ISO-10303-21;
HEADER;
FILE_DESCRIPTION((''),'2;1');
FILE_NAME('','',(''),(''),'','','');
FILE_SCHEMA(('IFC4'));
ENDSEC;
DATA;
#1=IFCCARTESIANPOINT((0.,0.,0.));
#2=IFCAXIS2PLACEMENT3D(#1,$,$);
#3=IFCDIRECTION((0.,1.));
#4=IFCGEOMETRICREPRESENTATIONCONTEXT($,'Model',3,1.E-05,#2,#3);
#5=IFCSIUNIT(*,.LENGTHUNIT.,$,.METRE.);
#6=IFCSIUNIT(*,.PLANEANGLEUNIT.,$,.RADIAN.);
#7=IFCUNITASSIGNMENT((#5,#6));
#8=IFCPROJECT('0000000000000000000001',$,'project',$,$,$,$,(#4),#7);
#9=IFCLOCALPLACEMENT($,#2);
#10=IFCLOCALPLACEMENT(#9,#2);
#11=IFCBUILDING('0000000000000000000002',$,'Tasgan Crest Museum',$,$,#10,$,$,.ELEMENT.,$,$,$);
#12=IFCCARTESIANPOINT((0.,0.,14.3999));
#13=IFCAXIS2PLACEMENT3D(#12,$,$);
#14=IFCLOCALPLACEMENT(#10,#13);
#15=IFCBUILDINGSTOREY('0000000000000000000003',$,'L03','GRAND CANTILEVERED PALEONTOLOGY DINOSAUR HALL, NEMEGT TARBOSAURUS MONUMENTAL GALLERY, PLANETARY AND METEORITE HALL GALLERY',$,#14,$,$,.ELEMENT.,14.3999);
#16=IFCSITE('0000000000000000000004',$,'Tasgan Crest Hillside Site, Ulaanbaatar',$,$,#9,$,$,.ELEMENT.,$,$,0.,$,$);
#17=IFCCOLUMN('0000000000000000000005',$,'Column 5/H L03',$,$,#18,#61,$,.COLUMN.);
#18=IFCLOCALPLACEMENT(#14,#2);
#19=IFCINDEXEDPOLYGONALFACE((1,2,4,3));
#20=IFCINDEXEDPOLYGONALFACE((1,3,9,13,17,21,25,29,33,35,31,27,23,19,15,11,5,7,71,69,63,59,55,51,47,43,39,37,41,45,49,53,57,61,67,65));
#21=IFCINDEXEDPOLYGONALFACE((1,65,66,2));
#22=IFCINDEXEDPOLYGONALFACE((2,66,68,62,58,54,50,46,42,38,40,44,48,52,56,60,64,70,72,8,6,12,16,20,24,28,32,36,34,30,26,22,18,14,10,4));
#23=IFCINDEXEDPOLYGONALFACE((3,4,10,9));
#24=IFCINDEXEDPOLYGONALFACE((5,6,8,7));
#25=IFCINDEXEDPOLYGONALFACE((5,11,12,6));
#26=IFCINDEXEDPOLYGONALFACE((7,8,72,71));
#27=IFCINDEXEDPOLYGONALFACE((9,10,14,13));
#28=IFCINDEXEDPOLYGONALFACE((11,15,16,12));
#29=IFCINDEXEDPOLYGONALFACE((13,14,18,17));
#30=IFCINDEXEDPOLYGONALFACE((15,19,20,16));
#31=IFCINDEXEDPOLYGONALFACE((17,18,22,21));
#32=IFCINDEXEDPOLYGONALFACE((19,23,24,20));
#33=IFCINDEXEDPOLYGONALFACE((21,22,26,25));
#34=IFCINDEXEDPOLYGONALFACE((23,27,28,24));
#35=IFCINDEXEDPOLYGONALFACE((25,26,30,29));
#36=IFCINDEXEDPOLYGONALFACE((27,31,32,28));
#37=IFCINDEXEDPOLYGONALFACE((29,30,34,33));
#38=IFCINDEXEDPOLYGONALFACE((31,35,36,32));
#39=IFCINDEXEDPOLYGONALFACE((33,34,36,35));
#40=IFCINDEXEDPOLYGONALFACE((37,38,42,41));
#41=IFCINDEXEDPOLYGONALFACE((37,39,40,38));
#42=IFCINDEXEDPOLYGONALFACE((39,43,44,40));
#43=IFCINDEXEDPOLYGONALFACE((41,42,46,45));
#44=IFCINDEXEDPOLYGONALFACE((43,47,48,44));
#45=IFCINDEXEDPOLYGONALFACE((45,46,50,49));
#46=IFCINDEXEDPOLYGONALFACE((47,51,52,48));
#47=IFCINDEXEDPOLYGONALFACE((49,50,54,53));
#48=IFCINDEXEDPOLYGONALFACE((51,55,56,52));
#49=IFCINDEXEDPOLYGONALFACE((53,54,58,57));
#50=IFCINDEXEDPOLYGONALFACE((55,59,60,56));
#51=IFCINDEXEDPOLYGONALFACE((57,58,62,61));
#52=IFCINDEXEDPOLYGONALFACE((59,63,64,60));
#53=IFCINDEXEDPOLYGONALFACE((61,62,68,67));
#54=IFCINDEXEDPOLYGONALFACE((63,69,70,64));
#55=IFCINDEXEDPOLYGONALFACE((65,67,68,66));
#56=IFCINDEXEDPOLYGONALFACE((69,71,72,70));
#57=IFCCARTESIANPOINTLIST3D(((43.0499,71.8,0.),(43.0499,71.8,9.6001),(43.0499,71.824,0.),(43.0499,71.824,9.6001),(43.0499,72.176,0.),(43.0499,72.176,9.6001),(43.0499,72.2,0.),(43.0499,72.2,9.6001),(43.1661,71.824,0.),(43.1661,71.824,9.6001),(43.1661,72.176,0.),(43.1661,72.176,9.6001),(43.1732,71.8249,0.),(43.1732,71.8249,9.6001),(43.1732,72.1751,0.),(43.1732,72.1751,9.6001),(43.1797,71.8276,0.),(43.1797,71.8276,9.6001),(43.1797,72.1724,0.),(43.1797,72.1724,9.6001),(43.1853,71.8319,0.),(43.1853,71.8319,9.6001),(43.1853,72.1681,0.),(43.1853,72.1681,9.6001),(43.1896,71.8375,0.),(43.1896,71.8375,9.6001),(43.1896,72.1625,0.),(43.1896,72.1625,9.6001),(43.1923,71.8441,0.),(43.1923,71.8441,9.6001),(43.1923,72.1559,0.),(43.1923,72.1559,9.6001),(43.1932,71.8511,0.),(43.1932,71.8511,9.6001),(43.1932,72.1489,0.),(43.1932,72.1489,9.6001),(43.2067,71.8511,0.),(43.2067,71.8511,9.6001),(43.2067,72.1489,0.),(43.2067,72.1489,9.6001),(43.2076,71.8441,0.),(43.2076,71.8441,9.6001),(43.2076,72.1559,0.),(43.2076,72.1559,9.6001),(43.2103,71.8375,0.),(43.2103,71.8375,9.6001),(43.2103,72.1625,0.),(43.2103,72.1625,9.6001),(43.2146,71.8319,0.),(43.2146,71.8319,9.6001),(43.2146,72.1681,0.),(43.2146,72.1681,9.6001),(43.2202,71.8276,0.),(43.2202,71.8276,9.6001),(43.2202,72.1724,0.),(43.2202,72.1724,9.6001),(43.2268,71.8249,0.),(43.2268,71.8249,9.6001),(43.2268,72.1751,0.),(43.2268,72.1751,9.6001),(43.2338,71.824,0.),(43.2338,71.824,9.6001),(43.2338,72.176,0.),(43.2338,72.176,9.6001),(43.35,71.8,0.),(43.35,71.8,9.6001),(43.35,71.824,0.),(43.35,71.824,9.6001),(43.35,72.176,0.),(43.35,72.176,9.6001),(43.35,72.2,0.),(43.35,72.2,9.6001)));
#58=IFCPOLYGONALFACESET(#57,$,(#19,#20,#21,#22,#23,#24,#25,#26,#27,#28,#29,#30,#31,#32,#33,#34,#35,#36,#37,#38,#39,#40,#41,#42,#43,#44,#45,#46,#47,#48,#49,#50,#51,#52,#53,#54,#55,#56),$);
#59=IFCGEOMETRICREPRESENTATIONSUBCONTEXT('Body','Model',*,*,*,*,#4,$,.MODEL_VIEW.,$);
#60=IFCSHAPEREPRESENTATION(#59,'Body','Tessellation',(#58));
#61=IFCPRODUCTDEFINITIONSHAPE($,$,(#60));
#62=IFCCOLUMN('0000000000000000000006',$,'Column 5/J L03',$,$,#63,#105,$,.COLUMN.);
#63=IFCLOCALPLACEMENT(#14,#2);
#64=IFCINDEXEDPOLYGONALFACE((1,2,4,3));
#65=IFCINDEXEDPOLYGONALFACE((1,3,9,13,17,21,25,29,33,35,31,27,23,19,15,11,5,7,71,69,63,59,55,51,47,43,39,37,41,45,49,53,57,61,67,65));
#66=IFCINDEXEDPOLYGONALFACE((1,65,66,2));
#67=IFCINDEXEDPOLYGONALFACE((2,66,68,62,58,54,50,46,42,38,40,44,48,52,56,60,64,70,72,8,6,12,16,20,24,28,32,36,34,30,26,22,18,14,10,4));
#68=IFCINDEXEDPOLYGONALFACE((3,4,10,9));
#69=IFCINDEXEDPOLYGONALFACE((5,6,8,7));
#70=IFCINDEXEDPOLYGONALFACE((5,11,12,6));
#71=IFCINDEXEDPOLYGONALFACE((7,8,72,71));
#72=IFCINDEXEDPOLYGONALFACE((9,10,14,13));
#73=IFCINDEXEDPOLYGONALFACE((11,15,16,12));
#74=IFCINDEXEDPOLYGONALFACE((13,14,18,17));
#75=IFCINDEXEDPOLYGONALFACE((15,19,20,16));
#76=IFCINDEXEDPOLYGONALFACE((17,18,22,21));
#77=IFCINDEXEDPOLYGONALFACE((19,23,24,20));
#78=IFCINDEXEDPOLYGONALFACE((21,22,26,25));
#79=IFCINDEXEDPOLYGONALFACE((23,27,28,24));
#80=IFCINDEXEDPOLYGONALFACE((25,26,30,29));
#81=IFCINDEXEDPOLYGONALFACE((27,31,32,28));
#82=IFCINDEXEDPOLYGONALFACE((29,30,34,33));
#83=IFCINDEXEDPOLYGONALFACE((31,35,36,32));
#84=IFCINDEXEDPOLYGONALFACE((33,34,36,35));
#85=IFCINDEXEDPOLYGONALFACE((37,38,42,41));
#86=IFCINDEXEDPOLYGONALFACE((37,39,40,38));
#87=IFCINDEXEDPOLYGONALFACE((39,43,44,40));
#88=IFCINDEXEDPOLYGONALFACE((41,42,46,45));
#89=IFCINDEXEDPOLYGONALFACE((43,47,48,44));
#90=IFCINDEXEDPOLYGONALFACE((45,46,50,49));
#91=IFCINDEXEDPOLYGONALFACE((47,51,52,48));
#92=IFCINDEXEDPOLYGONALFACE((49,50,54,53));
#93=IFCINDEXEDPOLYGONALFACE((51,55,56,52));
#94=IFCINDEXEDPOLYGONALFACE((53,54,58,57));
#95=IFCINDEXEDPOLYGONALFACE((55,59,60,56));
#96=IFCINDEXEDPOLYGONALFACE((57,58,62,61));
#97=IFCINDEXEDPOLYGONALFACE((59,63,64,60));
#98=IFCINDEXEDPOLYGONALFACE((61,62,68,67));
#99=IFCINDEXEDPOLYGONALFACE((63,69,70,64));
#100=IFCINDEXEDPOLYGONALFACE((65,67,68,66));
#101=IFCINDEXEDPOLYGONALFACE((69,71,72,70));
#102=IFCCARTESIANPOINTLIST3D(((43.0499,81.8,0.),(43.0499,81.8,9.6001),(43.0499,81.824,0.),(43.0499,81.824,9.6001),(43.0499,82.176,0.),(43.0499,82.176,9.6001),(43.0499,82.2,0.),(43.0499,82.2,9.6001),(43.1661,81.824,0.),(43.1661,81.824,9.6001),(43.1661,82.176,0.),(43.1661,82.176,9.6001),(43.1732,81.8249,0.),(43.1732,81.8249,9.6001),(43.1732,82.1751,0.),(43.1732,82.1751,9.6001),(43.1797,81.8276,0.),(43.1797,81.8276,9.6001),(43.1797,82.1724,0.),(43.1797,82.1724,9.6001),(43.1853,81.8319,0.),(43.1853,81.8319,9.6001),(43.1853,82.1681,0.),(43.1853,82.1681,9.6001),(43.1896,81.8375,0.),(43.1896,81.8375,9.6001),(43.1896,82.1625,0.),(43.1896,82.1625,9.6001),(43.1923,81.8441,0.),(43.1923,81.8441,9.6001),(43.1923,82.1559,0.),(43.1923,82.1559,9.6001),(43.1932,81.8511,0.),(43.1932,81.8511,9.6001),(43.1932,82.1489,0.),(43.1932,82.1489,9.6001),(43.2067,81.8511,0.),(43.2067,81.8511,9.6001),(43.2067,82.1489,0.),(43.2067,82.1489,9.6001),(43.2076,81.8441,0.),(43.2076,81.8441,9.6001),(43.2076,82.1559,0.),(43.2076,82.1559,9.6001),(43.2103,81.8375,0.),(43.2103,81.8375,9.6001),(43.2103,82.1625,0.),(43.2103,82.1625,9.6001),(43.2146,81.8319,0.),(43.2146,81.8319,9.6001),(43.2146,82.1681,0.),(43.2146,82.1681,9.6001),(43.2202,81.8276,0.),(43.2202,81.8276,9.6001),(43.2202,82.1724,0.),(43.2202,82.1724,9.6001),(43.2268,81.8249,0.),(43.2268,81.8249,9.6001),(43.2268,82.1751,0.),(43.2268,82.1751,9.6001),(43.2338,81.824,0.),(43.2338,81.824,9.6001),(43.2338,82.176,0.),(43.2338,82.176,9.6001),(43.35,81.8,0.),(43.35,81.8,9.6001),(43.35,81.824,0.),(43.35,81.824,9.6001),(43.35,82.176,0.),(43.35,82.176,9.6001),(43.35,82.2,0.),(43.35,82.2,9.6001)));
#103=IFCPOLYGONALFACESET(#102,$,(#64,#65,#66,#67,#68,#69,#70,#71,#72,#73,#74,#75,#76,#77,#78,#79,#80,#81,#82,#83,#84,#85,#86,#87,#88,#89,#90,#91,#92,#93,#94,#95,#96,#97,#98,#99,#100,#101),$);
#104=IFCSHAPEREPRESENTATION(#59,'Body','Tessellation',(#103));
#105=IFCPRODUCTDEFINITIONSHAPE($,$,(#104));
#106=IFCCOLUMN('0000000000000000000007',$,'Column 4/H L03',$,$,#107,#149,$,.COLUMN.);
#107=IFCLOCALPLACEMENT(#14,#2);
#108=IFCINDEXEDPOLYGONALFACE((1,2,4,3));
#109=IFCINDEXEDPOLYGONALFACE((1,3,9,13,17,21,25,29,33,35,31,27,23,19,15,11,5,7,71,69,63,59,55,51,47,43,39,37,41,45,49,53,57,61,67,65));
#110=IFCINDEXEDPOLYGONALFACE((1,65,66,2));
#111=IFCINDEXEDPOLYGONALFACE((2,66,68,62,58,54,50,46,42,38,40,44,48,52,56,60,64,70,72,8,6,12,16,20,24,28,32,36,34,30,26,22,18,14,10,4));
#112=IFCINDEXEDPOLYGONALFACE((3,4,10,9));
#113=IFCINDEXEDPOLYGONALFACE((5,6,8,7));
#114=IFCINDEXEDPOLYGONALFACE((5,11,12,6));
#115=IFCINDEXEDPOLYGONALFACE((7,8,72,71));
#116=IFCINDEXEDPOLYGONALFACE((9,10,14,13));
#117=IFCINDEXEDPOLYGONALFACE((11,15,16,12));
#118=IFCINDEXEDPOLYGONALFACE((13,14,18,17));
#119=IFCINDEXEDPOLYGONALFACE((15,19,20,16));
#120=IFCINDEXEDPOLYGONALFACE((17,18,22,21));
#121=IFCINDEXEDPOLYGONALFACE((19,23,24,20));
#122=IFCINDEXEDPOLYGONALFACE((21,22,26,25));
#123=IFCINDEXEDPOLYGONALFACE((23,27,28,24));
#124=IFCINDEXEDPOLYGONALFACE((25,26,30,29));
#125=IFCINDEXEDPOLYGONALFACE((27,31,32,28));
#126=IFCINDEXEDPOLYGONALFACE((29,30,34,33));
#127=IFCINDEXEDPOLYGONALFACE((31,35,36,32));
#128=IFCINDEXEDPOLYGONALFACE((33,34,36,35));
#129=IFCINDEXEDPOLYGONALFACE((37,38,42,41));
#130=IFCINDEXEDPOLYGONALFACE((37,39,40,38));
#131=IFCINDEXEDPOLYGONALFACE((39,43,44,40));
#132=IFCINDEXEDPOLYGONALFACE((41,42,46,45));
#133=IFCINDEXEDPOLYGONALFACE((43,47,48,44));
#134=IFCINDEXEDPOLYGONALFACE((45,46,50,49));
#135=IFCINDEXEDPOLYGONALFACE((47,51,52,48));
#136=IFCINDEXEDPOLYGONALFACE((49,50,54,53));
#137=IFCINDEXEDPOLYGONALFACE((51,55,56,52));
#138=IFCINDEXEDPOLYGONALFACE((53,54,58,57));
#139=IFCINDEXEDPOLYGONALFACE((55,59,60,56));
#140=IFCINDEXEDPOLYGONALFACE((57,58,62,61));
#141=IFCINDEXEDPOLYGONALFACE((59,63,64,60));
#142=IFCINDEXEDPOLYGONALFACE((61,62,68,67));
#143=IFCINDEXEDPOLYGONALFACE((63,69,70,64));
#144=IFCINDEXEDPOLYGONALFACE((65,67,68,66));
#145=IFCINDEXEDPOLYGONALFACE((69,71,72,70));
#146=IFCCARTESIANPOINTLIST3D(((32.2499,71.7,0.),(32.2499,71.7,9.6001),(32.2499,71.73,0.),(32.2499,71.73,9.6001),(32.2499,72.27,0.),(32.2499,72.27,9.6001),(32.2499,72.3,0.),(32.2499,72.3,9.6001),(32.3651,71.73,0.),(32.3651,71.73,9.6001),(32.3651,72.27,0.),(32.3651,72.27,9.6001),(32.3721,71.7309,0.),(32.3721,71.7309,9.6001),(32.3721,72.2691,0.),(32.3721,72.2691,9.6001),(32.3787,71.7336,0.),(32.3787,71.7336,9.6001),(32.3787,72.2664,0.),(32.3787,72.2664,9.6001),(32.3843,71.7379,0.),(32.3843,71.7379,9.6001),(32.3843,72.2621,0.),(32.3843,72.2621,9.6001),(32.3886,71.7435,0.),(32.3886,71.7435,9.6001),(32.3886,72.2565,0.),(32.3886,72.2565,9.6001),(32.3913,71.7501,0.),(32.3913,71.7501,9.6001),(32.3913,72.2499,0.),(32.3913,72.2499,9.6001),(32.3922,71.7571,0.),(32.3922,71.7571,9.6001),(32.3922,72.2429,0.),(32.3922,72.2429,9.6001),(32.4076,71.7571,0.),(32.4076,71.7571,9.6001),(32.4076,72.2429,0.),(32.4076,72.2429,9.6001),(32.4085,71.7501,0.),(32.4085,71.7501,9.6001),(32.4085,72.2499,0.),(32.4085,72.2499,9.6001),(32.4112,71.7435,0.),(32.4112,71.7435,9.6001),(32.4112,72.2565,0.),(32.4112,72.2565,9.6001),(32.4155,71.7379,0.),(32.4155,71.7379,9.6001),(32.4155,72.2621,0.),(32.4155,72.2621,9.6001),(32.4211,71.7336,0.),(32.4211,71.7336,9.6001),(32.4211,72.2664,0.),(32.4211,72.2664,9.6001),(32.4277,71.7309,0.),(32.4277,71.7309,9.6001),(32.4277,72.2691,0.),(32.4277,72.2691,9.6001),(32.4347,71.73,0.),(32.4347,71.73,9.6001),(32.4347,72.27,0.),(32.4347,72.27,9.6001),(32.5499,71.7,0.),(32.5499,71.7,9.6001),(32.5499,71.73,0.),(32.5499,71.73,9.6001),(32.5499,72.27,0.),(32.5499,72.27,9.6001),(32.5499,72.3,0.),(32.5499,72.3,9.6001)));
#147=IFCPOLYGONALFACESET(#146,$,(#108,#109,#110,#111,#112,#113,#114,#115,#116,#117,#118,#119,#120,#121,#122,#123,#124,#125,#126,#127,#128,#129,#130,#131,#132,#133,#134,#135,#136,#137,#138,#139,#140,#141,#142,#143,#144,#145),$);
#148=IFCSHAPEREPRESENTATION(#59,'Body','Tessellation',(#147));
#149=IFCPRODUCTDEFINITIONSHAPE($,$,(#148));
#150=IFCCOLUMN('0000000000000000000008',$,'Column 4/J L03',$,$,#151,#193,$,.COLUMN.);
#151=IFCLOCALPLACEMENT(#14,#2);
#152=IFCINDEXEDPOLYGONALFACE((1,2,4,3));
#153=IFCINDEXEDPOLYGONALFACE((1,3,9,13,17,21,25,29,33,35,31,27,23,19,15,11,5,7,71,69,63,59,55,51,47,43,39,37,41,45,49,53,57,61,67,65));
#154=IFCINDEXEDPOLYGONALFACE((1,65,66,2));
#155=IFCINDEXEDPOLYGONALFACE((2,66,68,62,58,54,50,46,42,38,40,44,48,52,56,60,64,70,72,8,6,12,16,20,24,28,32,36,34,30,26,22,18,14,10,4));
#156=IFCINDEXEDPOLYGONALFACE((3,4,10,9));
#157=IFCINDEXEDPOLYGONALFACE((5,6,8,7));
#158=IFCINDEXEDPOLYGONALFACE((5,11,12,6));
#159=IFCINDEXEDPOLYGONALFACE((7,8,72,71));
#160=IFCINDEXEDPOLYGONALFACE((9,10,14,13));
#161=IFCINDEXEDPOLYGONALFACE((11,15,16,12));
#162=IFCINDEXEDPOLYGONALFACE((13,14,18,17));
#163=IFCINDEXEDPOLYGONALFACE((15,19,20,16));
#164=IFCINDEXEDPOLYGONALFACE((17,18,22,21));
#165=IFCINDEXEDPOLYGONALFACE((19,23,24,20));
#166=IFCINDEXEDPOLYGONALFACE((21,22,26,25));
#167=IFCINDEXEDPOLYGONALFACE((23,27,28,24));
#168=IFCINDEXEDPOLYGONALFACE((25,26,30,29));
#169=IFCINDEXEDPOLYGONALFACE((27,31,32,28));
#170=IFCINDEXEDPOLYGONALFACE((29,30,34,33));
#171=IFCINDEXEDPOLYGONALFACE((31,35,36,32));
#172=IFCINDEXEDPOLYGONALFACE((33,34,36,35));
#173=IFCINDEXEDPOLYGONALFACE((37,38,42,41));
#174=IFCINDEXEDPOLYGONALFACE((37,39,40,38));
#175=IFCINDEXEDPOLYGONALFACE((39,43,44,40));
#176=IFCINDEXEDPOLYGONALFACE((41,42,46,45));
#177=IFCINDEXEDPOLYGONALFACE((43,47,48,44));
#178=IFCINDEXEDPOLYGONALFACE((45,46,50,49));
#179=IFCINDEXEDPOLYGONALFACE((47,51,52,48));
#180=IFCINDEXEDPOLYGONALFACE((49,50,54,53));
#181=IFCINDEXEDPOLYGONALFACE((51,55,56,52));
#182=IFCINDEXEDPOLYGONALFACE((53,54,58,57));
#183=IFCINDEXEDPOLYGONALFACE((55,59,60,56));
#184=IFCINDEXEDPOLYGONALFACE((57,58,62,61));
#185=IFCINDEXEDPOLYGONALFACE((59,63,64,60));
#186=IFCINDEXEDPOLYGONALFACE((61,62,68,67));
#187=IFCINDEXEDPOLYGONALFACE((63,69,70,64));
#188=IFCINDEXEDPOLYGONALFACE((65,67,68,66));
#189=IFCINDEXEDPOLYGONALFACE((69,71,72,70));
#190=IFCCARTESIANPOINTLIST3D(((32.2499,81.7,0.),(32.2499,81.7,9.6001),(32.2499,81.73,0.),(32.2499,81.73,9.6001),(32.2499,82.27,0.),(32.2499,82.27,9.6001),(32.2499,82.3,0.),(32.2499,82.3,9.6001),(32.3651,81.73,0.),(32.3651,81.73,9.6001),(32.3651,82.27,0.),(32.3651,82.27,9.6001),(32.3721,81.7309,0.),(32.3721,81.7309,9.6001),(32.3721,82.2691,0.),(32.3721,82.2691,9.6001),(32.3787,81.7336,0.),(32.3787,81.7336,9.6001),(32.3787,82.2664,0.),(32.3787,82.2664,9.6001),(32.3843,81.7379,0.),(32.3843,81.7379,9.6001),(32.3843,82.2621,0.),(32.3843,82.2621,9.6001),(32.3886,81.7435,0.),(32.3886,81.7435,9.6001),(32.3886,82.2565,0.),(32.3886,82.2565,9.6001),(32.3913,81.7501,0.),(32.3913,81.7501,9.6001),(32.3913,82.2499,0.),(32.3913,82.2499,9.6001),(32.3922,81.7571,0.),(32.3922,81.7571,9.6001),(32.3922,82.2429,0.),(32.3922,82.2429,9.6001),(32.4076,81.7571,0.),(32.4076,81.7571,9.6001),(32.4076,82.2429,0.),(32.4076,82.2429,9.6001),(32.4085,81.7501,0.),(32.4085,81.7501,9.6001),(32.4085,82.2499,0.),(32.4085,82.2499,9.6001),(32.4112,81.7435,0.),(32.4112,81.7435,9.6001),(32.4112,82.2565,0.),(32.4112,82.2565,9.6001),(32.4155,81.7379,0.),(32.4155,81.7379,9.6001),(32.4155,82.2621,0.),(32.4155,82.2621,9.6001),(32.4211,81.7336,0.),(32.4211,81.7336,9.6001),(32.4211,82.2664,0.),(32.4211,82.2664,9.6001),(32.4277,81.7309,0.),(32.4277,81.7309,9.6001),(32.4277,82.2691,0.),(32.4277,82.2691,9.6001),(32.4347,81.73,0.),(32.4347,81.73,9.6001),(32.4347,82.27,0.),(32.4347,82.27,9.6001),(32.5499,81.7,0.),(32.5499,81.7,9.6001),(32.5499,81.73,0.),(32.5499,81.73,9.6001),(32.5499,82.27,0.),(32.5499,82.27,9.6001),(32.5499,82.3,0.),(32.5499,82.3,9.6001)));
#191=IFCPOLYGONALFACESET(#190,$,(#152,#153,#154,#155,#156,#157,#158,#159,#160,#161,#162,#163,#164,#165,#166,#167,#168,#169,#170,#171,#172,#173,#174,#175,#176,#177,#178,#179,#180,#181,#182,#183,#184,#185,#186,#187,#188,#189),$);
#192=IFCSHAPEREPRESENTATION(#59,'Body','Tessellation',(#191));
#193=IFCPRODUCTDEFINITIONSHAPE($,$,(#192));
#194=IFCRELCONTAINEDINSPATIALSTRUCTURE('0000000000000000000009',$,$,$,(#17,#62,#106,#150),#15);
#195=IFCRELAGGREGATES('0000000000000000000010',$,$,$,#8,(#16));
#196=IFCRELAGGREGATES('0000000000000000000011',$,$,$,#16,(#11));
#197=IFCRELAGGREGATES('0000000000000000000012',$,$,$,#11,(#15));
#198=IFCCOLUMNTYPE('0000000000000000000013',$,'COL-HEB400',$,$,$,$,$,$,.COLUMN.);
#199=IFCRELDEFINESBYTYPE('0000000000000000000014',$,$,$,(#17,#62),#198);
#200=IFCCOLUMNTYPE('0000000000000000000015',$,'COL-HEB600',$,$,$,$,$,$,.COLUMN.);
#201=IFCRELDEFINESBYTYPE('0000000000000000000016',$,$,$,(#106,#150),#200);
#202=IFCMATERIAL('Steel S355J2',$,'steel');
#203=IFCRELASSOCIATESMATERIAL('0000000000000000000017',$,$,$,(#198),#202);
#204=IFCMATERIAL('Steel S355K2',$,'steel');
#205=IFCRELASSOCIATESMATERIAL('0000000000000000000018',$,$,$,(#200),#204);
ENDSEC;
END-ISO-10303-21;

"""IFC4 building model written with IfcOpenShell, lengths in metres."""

from ifc_helpers import new_model, si_unit, direction, frame, origin, origin_2d, place, context, subcontext, project, spatial, i_section, extrude, material, material_profile, profile_set, type_object, element, save


model = new_model("IFC4")

# Units and contexts
model_context = context("Model", 3, precision=1e-05, world=origin(), true_north=direction((0.0, 1.0)))
body_context = subcontext(model_context, "Body", "Model", "MODEL_VIEW")
ifc_project = project(units=[si_unit("LENGTHUNIT", "METRE"), si_unit("PLANEANGLEUNIT", "RADIAN")], contexts=[model_context])

# Site, building, storey
site_placement = place(None, origin())
site = spatial("IfcSite", under=ifc_project, at=site_placement, Name="Tasgan Crest Hillside Site, Ulaanbaatar", CompositionType="ELEMENT", RefElevation=0.0)
building_placement = place(site_placement, origin())
building = spatial("IfcBuilding", under=site, at=building_placement, Name="Tasgan Crest Museum", CompositionType="ELEMENT")
storey_placement = place(building_placement, frame((0.0, 0.0, 14.3999)))
storey = spatial("IfcBuildingStorey", under=building, at=storey_placement, Name="L03", Description="GRAND CANTILEVERED PALEONTOLOGY DINOSAUR HALL, NEMEGT TARBOSAURUS MONUMENTAL GALLERY, PLANETARY AND METEORITE HALL GALLERY", CompositionType="ELEMENT", Elevation=14.3999)

# Columns
ifc_material_1 = material(Name="Steel S355J2", Category="steel")
ifc_material_profile_1 = material_profile(ifc_material_1, i_section(OverallWidth=0.3, OverallDepth=0.3999, WebThickness=0.0134, FlangeThickness=0.0239, FilletRadius=0.0271, at=origin_2d()), Name="HEB 400")
ifc_profile_set_1 = profile_set([ifc_material_profile_1], Name="Steel S355J2")
column_type_1 = type_object("IfcColumnType", Name="COL-HEB400", PredefinedType="COLUMN", material=ifc_profile_set_1)
for number, where, z_axis, x_axis, name in (
    (1, (43.2, 72.0, 0.0), (0.0, 0.0, 1.0), (1.0, 0.0, 0.0), "Column 5/H L03"),
    (2, (43.2, 82.0, 0.0), (0.0, 0.0, 1.0), (1.0, 0.0, 0.0), "Column 5/J L03"),
):
    element("IfcColumn", number, at=place(storey_placement, frame(where, z_axis=z_axis, x_axis=x_axis)), inside=storey, type_object=column_type_1, Name=name, PredefinedType="COLUMN", context=body_context, shape_type="SweptSolid", body=[
        extrude(i_section(OverallWidth=0.3, OverallDepth=0.3999, WebThickness=0.0134, FlangeThickness=0.0239, FilletRadius=0.0271, at=origin_2d()), origin(), (0.0, 0.0, 1.0), 9.6001),
    ])
ifc_material_2 = material(Name="Steel S355K2", Category="steel")
ifc_material_profile_2 = material_profile(ifc_material_2, i_section(OverallWidth=0.3, OverallDepth=0.6001, WebThickness=0.0154, FlangeThickness=0.03, FilletRadius=0.0271, at=origin_2d()), Name="HEB 600")
ifc_profile_set_2 = profile_set([ifc_material_profile_2], Name="Steel S355K2")
column_type_2 = type_object("IfcColumnType", Name="COL-HEB600", PredefinedType="COLUMN", material=ifc_profile_set_2)
for number, where, z_axis, x_axis, name in (
    (3, (32.3999, 72.0, 0.0), (0.0, 0.0, 1.0), (1.0, 0.0, 0.0), "Column 4/H L03"),
    (4, (32.3999, 82.0, 0.0), (0.0, 0.0, 1.0), (1.0, 0.0, 0.0), "Column 4/J L03"),
):
    element("IfcColumn", number, at=place(storey_placement, frame(where, z_axis=z_axis, x_axis=x_axis)), inside=storey, type_object=column_type_2, Name=name, PredefinedType="COLUMN", context=body_context, shape_type="SweptSolid", body=[
        extrude(i_section(OverallWidth=0.3, OverallDepth=0.6001, WebThickness=0.0154, FlangeThickness=0.03, FilletRadius=0.0271, at=origin_2d()), origin(), (0.0, 0.0, 1.0), 9.6001),
    ])

save(model, "model.ifc")
